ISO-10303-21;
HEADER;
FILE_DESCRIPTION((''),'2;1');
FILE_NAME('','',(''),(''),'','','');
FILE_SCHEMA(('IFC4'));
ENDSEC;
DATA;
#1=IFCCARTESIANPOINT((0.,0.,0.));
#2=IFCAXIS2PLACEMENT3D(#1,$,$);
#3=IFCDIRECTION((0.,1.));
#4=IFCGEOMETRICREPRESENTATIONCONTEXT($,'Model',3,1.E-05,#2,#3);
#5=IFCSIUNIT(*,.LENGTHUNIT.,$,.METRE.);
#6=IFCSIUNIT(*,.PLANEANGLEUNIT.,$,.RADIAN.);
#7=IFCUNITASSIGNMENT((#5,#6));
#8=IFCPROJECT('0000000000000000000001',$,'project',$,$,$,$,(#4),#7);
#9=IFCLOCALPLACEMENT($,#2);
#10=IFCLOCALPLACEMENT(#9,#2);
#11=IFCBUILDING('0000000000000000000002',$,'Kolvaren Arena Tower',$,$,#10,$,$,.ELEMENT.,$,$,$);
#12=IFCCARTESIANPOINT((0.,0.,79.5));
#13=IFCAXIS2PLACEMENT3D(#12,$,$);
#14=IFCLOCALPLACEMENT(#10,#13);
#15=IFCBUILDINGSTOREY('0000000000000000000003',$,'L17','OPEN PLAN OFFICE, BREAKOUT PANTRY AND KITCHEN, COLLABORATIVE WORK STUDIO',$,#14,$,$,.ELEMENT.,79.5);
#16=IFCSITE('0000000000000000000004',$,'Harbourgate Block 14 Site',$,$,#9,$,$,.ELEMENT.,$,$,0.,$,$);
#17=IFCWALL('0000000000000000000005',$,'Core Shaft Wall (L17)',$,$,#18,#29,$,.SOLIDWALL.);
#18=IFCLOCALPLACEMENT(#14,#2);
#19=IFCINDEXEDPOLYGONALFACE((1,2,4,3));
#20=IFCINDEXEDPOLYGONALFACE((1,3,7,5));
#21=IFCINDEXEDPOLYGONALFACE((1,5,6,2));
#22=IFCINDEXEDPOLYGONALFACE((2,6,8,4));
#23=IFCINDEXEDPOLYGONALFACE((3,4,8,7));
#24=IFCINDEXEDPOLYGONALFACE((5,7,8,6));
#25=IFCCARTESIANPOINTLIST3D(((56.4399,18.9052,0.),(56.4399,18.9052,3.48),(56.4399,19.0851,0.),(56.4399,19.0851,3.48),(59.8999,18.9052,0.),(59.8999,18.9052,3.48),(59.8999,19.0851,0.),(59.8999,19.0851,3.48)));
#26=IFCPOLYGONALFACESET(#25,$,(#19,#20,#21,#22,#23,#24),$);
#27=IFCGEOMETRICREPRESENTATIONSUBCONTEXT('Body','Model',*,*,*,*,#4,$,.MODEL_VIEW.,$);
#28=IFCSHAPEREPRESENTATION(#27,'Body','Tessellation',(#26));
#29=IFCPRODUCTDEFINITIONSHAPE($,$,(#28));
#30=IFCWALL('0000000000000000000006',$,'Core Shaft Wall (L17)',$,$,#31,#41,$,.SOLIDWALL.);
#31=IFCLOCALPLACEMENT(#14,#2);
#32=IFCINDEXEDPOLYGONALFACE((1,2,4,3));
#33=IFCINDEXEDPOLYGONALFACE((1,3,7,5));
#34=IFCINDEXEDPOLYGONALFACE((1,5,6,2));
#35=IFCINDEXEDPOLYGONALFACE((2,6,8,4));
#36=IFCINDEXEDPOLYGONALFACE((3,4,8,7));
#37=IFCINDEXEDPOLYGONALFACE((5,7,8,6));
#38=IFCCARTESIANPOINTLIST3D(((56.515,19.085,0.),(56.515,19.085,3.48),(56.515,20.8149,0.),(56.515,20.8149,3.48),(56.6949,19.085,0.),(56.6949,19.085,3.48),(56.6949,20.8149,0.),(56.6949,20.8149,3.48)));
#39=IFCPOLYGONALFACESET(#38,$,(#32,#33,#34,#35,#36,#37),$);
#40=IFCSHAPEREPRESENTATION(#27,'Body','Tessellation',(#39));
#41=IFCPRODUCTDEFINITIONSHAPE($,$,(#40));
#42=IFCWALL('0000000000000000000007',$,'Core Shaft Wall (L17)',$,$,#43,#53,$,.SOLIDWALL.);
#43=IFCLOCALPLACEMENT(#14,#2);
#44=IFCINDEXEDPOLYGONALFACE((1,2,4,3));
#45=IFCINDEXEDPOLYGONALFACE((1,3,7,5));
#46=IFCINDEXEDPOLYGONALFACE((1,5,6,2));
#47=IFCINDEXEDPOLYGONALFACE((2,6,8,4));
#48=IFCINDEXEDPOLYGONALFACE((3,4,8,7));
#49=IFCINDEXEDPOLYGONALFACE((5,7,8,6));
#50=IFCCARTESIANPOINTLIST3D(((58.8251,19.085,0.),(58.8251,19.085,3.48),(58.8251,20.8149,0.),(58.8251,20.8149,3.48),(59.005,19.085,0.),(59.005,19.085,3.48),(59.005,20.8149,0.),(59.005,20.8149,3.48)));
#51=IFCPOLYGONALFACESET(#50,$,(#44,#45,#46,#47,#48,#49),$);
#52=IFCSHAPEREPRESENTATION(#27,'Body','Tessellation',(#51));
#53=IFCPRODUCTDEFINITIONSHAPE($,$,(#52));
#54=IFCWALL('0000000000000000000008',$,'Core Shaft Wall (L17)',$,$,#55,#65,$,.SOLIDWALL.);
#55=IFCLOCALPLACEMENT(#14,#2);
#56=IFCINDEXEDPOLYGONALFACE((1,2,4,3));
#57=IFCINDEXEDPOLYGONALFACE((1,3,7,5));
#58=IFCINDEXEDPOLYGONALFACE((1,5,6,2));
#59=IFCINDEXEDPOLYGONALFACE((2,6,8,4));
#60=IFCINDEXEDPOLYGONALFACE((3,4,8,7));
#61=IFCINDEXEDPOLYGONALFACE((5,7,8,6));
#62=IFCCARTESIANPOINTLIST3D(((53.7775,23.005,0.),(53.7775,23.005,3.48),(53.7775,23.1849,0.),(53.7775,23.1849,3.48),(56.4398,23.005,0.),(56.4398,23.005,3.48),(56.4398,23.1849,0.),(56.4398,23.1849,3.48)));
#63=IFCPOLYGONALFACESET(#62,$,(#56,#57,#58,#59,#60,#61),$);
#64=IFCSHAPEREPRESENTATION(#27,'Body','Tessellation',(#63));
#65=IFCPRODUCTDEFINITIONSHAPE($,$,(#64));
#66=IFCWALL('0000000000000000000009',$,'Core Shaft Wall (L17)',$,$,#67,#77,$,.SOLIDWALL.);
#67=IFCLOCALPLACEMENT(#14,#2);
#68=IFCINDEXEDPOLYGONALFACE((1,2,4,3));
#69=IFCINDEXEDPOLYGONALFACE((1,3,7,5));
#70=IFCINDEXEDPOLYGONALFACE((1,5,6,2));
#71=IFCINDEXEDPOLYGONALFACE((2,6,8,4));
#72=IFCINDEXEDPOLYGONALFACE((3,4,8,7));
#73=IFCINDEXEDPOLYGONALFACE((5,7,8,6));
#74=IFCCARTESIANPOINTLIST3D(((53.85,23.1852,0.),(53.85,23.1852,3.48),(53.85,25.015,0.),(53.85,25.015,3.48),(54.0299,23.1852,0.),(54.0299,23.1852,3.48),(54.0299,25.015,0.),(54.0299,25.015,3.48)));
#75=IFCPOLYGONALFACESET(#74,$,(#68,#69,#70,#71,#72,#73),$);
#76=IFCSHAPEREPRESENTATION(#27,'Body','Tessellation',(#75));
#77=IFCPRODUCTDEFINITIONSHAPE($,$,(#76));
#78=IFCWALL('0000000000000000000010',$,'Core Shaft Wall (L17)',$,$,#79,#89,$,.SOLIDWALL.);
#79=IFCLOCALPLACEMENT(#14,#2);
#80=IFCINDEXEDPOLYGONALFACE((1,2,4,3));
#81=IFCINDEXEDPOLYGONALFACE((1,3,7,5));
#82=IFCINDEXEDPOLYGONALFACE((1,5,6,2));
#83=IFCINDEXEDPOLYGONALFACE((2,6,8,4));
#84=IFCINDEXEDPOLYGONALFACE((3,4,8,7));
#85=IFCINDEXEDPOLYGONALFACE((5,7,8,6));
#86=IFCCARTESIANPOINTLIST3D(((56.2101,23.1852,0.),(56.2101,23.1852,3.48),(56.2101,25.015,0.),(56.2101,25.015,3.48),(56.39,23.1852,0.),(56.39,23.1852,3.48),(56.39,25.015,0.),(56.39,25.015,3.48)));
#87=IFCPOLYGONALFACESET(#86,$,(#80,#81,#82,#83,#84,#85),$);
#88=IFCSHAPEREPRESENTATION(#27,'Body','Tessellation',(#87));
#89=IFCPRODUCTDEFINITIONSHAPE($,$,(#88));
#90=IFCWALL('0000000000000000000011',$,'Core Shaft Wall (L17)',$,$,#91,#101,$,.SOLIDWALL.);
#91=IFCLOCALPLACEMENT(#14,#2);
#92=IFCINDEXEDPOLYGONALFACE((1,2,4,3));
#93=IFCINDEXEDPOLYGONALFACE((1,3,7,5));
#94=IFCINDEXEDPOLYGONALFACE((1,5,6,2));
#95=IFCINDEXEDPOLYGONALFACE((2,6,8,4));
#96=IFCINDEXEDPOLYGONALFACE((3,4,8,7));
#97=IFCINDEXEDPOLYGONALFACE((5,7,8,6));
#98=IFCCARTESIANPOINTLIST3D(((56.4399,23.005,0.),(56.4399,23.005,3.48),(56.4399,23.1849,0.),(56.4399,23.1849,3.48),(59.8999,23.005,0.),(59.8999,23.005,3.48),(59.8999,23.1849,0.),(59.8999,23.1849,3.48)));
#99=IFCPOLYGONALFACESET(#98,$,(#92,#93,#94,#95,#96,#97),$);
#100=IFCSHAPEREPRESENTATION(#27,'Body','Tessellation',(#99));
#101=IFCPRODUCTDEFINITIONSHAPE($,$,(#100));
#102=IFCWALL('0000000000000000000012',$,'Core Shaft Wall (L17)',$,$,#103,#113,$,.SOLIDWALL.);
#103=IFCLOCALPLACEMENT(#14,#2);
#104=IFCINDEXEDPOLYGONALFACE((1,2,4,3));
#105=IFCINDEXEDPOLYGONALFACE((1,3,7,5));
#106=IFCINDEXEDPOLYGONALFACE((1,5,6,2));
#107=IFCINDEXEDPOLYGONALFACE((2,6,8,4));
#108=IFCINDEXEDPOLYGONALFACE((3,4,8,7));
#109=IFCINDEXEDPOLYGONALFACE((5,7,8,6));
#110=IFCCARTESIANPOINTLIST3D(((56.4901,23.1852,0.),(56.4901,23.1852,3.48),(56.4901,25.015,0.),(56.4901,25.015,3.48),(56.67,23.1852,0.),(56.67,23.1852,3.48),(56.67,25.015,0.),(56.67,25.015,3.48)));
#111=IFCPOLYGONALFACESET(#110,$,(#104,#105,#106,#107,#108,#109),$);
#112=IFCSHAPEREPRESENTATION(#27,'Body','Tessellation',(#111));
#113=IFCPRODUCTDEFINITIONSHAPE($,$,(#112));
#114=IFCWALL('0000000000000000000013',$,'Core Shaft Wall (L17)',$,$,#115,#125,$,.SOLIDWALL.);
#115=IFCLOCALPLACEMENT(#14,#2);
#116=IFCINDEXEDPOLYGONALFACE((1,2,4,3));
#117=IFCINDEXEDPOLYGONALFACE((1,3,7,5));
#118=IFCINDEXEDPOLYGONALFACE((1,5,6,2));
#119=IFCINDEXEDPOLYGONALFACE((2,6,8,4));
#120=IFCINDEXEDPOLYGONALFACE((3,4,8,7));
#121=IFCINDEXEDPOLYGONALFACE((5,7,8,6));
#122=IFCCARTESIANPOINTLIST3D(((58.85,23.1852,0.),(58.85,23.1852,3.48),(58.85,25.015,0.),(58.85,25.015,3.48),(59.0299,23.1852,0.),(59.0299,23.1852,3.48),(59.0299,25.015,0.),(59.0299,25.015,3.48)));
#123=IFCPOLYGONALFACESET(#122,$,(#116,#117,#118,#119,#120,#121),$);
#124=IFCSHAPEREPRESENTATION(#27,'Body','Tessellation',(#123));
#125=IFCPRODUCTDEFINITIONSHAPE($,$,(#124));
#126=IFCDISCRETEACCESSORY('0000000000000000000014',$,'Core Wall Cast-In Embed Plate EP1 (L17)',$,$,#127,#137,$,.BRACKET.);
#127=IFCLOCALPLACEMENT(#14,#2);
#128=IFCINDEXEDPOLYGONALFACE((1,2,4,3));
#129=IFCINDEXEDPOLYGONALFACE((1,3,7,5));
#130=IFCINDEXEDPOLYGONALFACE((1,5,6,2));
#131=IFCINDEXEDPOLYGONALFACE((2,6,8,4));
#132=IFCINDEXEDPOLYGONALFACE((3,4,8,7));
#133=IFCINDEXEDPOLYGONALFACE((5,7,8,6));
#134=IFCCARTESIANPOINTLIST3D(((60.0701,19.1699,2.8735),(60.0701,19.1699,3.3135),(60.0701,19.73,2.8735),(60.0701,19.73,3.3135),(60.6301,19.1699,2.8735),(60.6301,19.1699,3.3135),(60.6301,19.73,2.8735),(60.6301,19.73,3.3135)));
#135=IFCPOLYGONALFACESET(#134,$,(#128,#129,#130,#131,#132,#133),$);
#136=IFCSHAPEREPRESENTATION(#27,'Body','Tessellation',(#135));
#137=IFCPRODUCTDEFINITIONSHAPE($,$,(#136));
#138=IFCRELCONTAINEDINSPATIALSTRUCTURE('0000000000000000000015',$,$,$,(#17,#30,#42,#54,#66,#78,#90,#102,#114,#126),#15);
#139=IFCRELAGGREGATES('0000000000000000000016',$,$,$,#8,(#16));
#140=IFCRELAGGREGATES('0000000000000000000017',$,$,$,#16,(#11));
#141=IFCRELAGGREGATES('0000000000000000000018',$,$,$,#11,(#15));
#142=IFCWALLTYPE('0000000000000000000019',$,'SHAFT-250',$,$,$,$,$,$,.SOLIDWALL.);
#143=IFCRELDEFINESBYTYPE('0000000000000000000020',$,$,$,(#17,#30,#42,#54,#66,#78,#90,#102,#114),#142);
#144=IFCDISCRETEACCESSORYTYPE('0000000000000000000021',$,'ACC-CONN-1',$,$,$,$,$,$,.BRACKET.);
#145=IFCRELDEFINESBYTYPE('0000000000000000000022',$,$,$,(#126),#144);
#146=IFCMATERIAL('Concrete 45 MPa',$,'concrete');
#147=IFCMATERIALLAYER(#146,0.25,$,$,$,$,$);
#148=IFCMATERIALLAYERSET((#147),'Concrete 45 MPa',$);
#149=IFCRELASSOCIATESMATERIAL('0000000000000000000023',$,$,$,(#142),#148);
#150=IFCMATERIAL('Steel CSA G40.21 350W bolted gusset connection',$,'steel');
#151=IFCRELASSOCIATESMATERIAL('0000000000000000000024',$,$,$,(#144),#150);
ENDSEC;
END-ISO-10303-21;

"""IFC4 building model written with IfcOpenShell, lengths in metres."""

from ifc_helpers import new_model, si_unit, direction, frame, frame_2d, origin, origin_2d, place, context, subcontext, project, spatial, rectangle, extrude, material, layer, layer_set, type_object, element, save


model = new_model("IFC4")

# Units and contexts
model_context = context("Model", 3, precision=1e-05, world=origin(), true_north=direction((0.0, 1.0)))
body_context = subcontext(model_context, "Body", "Model", "MODEL_VIEW")
ifc_project = project(units=[si_unit("LENGTHUNIT", "METRE"), si_unit("PLANEANGLEUNIT", "RADIAN")], contexts=[model_context])

# Site, building, storey
site_placement = place(None, origin())
site = spatial("IfcSite", under=ifc_project, at=site_placement, Name="Harbourgate Block 14 Site", CompositionType="ELEMENT", RefElevation=0.0)
building_placement = place(site_placement, origin())
building = spatial("IfcBuilding", under=site, at=building_placement, Name="Kolvaren Arena Tower", CompositionType="ELEMENT")
storey_placement = place(building_placement, frame((0.0, 0.0, 79.5)))
storey = spatial("IfcBuildingStorey", under=building, at=storey_placement, Name="L17", Description="OPEN PLAN OFFICE, BREAKOUT PANTRY AND KITCHEN, COLLABORATIVE WORK STUDIO", CompositionType="ELEMENT", Elevation=79.5)

# Shared definitions
ifc_material_1 = material(Name="Concrete 45 MPa", Category="concrete")
ifc_layer_1 = layer(ifc_material_1, 0.25)
ifc_layer_set_1 = layer_set([ifc_layer_1], Name="Concrete 45 MPa")
wall_type_1 = type_object("IfcWallType", Name="SHAFT-250", PredefinedType="SOLIDWALL", material=ifc_layer_set_1)

# Walls
wall_1_placement = place(storey_placement, frame((56.4399, 18.9951, 0.0), z_axis=(0.0, 0.0, 1.0), x_axis=(1.0, 0.0, 0.0)))
element("IfcWall", 1, at=wall_1_placement, inside=storey, type_object=wall_type_1, Name="Core Shaft Wall (L17)", PredefinedType="SOLIDWALL", context=body_context, shape_type="SweptSolid", body=[
    extrude(rectangle(XDim=3.46, YDim=0.1799, at=frame_2d((1.73, 0.0))), origin(), (0.0, 0.0, 1.0), 3.48),
])
for number, where, z_axis, x_axis, name in (
    (2, (56.605, 19.085, 0.0), (0.0, 0.0, 1.0), (0.0, 1.0, 0.0), "Core Shaft Wall (L17)"),
    (3, (58.915, 19.085, 0.0), (0.0, 0.0, 1.0), (0.0, 1.0, 0.0), "Core Shaft Wall (L17)"),
):
    element("IfcWall", number, at=place(storey_placement, frame(where, z_axis=z_axis, x_axis=x_axis)), inside=storey, type_object=wall_type_1, Name=name, PredefinedType="SOLIDWALL", context=body_context, shape_type="SweptSolid", body=[
        extrude(rectangle(XDim=1.73, YDim=0.1799, at=frame_2d((0.865, 0.0))), origin(), (0.0, 0.0, 1.0), 3.48),
    ])
wall_2_placement = place(storey_placement, frame((53.7776, 23.095, 0.0), z_axis=(0.0, 0.0, 1.0), x_axis=(1.0, 0.0, 0.0)))
element("IfcWall", 4, at=wall_2_placement, inside=storey, type_object=wall_type_1, Name="Core Shaft Wall (L17)", PredefinedType="SOLIDWALL", context=body_context, shape_type="SweptSolid", body=[
    extrude(rectangle(XDim=2.6624, YDim=0.1799, at=frame_2d((1.3311, 0.0))), origin(), (0.0, 0.0, 1.0), 3.48),
])
for number, where, z_axis, x_axis, name in (
    (5, (53.9399, 23.1851, 0.0), (0.0, 0.0, 1.0), (0.0, 1.0, 0.0), "Core Shaft Wall (L17)"),
    (6, (56.3, 23.1851, 0.0), (0.0, 0.0, 1.0), (0.0, 1.0, 0.0), "Core Shaft Wall (L17)"),
):
    element("IfcWall", number, at=place(storey_placement, frame(where, z_axis=z_axis, x_axis=x_axis)), inside=storey, type_object=wall_type_1, Name=name, PredefinedType="SOLIDWALL", context=body_context, shape_type="SweptSolid", body=[
        extrude(rectangle(XDim=1.8298, YDim=0.1799, at=frame_2d((0.915, 0.0))), origin(), (0.0, 0.0, 1.0), 3.48),
    ])
wall_3_placement = place(storey_placement, frame((56.4399, 23.095, 0.0), z_axis=(0.0, 0.0, 1.0), x_axis=(1.0, 0.0, 0.0)))
element("IfcWall", 7, at=wall_3_placement, inside=storey, type_object=wall_type_1, Name="Core Shaft Wall (L17)", PredefinedType="SOLIDWALL", context=body_context, shape_type="SweptSolid", body=[
    extrude(rectangle(XDim=3.46, YDim=0.1799, at=frame_2d((1.73, 0.0))), origin(), (0.0, 0.0, 1.0), 3.48),
])
for number, where, z_axis, x_axis, name in (
    (8, (56.5801, 23.1851, 0.0), (0.0, 0.0, 1.0), (0.0, 1.0, 0.0), "Core Shaft Wall (L17)"),
    (9, (58.9399, 23.1851, 0.0), (0.0, 0.0, 1.0), (0.0, 1.0, 0.0), "Core Shaft Wall (L17)"),
):
    element("IfcWall", number, at=place(storey_placement, frame(where, z_axis=z_axis, x_axis=x_axis)), inside=storey, type_object=wall_type_1, Name=name, PredefinedType="SOLIDWALL", context=body_context, shape_type="SweptSolid", body=[
        extrude(rectangle(XDim=1.8298, YDim=0.1799, at=frame_2d((0.915, 0.0))), origin(), (0.0, 0.0, 1.0), 3.48),
    ])

# Discrete accessory
ifc_material_2 = material(Name="Steel CSA G40.21 350W bolted gusset connection", Category="steel")
discrete_accessory_type = type_object("IfcDiscreteAccessoryType", Name="ACC-CONN-1", PredefinedType="BRACKET", material=ifc_material_2)
discrete_accessory_placement = place(storey_placement, frame((60.3501, 19.45, 2.8735), z_axis=(0.0, 0.0, 1.0), x_axis=(1.0, 0.0, 0.0)))
element("IfcDiscreteAccessory", 10, at=discrete_accessory_placement, inside=storey, type_object=discrete_accessory_type, Name="Core Wall Cast-In Embed Plate EP1 (L17)", PredefinedType="BRACKET", context=body_context, shape_type="SweptSolid", body=[
    extrude(rectangle(XDim=0.5601, YDim=0.5601, at=origin_2d()), origin(), (0.0, 0.0, 1.0), 0.4399),
])

save(model, "model.ifc")
